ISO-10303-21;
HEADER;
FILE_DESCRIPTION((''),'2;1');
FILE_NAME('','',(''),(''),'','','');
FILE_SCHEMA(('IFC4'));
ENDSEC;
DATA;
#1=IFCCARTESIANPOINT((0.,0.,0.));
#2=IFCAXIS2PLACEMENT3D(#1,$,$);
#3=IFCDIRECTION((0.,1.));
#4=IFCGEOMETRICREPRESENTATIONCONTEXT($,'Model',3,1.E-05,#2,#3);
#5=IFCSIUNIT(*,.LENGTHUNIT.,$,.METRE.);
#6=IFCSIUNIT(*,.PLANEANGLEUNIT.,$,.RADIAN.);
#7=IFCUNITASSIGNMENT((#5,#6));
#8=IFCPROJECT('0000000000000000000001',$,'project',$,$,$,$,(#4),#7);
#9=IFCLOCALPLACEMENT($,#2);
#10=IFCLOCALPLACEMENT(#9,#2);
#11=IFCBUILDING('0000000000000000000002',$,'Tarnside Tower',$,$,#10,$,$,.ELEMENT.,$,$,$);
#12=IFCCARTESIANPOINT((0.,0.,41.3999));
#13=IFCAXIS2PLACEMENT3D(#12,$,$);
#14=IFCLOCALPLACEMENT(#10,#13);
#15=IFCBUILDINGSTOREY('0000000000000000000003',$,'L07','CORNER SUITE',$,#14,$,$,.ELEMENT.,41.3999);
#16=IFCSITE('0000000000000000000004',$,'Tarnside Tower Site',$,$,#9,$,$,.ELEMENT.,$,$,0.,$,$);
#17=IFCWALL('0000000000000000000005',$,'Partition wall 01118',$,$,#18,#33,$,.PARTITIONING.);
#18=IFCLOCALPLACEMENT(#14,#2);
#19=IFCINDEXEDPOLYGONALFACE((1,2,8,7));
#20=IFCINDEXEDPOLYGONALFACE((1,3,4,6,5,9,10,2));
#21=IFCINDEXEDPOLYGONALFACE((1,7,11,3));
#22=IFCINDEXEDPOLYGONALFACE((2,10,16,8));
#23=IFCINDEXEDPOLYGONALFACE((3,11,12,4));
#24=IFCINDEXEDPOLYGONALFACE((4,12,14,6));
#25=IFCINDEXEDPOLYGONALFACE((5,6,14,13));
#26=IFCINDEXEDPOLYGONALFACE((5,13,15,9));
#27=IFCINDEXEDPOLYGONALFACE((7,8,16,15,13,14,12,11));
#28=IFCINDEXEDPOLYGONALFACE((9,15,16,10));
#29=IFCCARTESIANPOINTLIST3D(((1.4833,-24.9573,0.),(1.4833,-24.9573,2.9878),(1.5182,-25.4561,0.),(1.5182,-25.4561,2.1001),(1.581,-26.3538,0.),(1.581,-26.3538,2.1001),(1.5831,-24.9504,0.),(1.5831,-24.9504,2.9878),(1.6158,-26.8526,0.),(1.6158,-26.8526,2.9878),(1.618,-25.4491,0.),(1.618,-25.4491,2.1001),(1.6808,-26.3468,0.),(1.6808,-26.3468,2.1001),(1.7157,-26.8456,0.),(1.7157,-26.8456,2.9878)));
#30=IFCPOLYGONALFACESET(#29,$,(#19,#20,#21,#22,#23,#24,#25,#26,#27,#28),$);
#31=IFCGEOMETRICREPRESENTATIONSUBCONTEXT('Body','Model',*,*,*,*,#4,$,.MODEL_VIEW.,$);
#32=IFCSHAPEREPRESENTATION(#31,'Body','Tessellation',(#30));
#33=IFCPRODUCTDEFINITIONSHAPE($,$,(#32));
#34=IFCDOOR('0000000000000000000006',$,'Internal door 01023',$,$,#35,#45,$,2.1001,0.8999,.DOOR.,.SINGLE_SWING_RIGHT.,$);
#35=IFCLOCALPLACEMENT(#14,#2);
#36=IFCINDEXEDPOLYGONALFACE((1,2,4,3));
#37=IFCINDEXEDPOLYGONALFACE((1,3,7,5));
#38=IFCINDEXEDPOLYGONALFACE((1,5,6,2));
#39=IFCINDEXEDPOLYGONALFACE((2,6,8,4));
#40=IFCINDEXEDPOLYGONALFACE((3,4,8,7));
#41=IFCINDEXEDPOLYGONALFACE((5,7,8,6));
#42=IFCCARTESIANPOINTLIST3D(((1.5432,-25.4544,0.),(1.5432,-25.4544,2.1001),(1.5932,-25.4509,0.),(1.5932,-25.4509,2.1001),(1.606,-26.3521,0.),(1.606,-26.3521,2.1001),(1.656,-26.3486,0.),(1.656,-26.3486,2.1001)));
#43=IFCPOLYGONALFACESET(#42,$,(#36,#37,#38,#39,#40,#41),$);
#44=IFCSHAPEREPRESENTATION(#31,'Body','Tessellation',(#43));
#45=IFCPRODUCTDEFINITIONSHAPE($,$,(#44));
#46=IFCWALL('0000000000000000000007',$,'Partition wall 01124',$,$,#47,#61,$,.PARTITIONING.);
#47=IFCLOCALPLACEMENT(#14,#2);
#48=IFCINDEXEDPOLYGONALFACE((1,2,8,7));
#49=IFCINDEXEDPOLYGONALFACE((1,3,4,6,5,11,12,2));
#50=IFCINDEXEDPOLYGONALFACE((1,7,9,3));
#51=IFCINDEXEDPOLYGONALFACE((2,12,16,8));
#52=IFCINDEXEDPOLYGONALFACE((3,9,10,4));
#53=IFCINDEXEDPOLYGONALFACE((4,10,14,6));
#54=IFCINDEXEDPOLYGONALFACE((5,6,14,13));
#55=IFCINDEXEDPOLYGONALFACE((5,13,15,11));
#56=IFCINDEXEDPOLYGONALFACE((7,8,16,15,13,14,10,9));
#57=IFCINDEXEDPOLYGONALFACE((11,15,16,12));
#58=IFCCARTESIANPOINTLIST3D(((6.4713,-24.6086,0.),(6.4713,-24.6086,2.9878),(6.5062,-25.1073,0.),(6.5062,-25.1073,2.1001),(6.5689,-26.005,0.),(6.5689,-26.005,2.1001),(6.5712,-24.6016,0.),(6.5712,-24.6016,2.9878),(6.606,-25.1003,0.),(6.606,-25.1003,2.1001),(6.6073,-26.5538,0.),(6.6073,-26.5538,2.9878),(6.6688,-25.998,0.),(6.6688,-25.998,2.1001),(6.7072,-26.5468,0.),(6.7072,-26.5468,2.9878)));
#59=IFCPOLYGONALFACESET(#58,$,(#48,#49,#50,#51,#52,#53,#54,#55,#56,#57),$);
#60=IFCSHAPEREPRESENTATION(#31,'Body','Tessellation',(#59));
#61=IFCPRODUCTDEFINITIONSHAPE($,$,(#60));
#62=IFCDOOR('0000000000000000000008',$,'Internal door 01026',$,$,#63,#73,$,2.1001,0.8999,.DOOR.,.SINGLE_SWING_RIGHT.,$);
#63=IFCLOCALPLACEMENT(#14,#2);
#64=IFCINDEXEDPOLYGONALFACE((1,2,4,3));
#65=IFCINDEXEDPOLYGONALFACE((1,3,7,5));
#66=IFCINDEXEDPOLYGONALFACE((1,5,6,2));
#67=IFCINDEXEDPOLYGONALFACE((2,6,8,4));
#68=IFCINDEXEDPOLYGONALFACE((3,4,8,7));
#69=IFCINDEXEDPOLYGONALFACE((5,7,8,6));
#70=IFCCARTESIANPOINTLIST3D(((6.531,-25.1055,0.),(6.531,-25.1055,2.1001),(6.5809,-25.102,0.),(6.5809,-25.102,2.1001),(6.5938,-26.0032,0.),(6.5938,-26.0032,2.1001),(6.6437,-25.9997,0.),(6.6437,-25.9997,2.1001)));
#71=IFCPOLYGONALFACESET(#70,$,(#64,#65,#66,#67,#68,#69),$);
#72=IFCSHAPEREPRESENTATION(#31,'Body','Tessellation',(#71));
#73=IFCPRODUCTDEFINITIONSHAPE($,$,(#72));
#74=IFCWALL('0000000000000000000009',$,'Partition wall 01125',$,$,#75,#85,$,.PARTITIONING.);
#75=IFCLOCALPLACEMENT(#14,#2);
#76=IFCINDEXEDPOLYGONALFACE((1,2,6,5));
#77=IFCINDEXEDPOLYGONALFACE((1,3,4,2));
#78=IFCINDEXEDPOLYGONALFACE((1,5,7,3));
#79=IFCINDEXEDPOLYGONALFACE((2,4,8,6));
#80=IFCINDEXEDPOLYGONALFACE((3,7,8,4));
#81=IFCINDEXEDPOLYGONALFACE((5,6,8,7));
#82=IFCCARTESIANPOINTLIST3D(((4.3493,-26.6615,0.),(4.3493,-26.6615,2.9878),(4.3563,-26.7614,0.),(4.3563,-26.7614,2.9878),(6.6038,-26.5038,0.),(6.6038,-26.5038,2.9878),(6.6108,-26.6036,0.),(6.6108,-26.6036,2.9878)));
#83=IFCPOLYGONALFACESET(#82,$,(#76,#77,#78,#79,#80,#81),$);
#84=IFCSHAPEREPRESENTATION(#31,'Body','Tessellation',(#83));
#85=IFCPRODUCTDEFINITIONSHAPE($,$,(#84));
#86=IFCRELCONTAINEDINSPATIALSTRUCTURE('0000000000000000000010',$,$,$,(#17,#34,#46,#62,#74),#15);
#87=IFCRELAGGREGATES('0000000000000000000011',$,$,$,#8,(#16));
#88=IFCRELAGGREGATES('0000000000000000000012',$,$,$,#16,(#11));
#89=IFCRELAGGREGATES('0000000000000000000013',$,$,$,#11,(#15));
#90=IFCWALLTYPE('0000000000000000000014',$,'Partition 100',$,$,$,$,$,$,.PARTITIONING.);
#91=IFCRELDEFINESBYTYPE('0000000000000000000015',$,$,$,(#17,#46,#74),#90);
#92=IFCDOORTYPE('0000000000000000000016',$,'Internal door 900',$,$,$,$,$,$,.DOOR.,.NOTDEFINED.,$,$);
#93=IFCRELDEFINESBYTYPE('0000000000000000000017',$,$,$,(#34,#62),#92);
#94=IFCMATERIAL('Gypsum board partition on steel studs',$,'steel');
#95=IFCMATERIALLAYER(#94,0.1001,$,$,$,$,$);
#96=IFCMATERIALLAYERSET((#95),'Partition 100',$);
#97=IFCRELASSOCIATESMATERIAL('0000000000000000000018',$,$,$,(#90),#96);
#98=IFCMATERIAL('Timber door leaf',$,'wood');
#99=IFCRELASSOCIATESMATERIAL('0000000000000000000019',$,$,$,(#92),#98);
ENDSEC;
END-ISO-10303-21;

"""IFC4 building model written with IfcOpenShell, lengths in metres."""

from ifc_helpers import new_model, si_unit, direction, frame, frame_2d, origin, place, context, subcontext, project, spatial, rectangle, extrude, material, layer, layer_set, type_object, element, fill, save


model = new_model("IFC4")

# Units and contexts
model_context = context("Model", 3, precision=1e-05, world=origin(), true_north=direction((0.0, 1.0)))
body_context = subcontext(model_context, "Body", "Model", "MODEL_VIEW")
ifc_project = project(units=[si_unit("LENGTHUNIT", "METRE"), si_unit("PLANEANGLEUNIT", "RADIAN")], contexts=[model_context])

# Site, building, storey
site_placement = place(None, origin())
site = spatial("IfcSite", under=ifc_project, at=site_placement, Name="Tarnside Tower Site", CompositionType="ELEMENT", RefElevation=0.0)
building_placement = place(site_placement, origin())
building = spatial("IfcBuilding", under=site, at=building_placement, Name="Tarnside Tower", CompositionType="ELEMENT")
storey_placement = place(building_placement, frame((0.0, 0.0, 41.3999)))
storey = spatial("IfcBuildingStorey", under=building, at=storey_placement, Name="L07", Description="CORNER SUITE", CompositionType="ELEMENT", Elevation=41.3999)

# Shared definitions
ifc_material_1 = material(Name="Gypsum board partition on steel studs", Category="steel")
ifc_material_2 = material(Name="Timber door leaf", Category="wood")

# Shared definitions
ifc_layer_1 = layer(ifc_material_1, 0.1001)
ifc_layer_set_1 = layer_set([ifc_layer_1], Name="Partition 100")
wall_type_1 = type_object("IfcWallType", Name="Partition 100", PredefinedType="PARTITIONING", material=ifc_layer_set_1)

# Walls, openings, doors
wall_1_placement = place(storey_placement, frame((1.6658, -26.8491, 0.0), z_axis=(0.0, 0.0, 1.0), x_axis=(-0.069777, 0.997563, 0.0)))
wall_1 = element("IfcWall", 1, at=wall_1_placement, inside=storey, type_object=wall_type_1, Name="Partition wall 01118", PredefinedType="PARTITIONING", context=body_context, shape_type="SweptSolid", body=[
    extrude(rectangle(XDim=1.8999, YDim=0.1001, at=frame_2d((0.95, 0.0))), origin(), (0.0, 0.0, 1.0), 2.9878),
])
opening_1_placement = place(wall_1_placement, frame((0.5, 0.0, 0.0)))
opening_1 = element("IfcOpeningElement", 2, at=opening_1_placement, cuts=wall_1, PredefinedType="OPENING", context=body_context, shape_type="SweptSolid", body=[
    extrude(rectangle(XDim=0.8999, YDim=2.1001, at=frame_2d((0.45, 1.05))), frame((0.0, 0.0601, 0.0), z_axis=(0.0, -1.0, 0.0), x_axis=(1.0, 0.0, 0.0)), (0.0, 0.0, 1.0), 0.1201),
])
door_type_1 = type_object("IfcDoorType", Name="Internal door 900", OperationType="NOTDEFINED", PredefinedType="DOOR", material=ifc_material_2)
door_1_placement = place(opening_1_placement, origin())
door_1 = element("IfcDoor", 3, at=door_1_placement, inside=storey, type_object=door_type_1, Name="Internal door 01023", OperationType="SINGLE_SWING_RIGHT", OverallHeight=2.1001, OverallWidth=0.8999, PredefinedType="DOOR", context=body_context, shape_type="SweptSolid", body=[
    extrude(rectangle(XDim=0.8999, YDim=2.1001, at=frame_2d((0.45, 1.05))), frame((0.0, 0.0249, 0.0), z_axis=(0.0, -1.0, 0.0), x_axis=(1.0, 0.0, 0.0)), (0.0, 0.0, 1.0), 0.05),
])
fill(opening_1, door_1)
wall_2_placement = place(storey_placement, frame((6.5212, -24.605, 0.0), z_axis=(0.0, 0.0, 1.0), x_axis=(0.069734, -0.997566, 0.0)))
wall_2 = element("IfcWall", 4, at=wall_2_placement, inside=storey, type_object=wall_type_1, Name="Partition wall 01124", PredefinedType="PARTITIONING", context=body_context, shape_type="SweptSolid", body=[
    extrude(rectangle(XDim=1.95, YDim=0.1001, at=frame_2d((0.9751, 0.0))), origin(), (0.0, 0.0, 1.0), 2.9878),
])
opening_2_placement = place(wall_2_placement, frame((0.5, 0.0, 0.0)))
opening_2 = element("IfcOpeningElement", 5, at=opening_2_placement, cuts=wall_2, PredefinedType="OPENING", context=body_context, shape_type="SweptSolid", body=[
    extrude(rectangle(XDim=0.8999, YDim=2.1001, at=frame_2d((0.45, 1.05))), frame((0.0, 0.0601, 0.0), z_axis=(0.0, -1.0, 0.0), x_axis=(1.0, 0.0, 0.0)), (0.0, 0.0, 1.0), 0.1201),
])
door_2_placement = place(opening_2_placement, origin())
door_2 = element("IfcDoor", 6, at=door_2_placement, inside=storey, type_object=door_type_1, Name="Internal door 01026", OperationType="SINGLE_SWING_RIGHT", OverallHeight=2.1001, OverallWidth=0.8999, PredefinedType="DOOR", context=body_context, shape_type="SweptSolid", body=[
    extrude(rectangle(XDim=0.8999, YDim=2.1001, at=frame_2d((0.45, 1.05))), frame((0.0, 0.0249, 0.0), z_axis=(0.0, -1.0, 0.0), x_axis=(1.0, 0.0, 0.0)), (0.0, 0.0, 1.0), 0.05),
])
fill(opening_2, door_2)

# Wall
wall_3_placement = place(storey_placement, frame((6.6072, -26.5537, 0.0), z_axis=(0.0, 0.0, 1.0), x_axis=(-0.997562, -0.069788, 0.0)))
element("IfcWall", 7, at=wall_3_placement, inside=storey, type_object=wall_type_1, Name="Partition wall 01125", PredefinedType="PARTITIONING", context=body_context, shape_type="SweptSolid", body=[
    extrude(rectangle(XDim=2.26, YDim=0.1001, at=frame_2d((1.1299, 0.0))), origin(), (0.0, 0.0, 1.0), 2.9878),
])

save(model, "model.ifc")
